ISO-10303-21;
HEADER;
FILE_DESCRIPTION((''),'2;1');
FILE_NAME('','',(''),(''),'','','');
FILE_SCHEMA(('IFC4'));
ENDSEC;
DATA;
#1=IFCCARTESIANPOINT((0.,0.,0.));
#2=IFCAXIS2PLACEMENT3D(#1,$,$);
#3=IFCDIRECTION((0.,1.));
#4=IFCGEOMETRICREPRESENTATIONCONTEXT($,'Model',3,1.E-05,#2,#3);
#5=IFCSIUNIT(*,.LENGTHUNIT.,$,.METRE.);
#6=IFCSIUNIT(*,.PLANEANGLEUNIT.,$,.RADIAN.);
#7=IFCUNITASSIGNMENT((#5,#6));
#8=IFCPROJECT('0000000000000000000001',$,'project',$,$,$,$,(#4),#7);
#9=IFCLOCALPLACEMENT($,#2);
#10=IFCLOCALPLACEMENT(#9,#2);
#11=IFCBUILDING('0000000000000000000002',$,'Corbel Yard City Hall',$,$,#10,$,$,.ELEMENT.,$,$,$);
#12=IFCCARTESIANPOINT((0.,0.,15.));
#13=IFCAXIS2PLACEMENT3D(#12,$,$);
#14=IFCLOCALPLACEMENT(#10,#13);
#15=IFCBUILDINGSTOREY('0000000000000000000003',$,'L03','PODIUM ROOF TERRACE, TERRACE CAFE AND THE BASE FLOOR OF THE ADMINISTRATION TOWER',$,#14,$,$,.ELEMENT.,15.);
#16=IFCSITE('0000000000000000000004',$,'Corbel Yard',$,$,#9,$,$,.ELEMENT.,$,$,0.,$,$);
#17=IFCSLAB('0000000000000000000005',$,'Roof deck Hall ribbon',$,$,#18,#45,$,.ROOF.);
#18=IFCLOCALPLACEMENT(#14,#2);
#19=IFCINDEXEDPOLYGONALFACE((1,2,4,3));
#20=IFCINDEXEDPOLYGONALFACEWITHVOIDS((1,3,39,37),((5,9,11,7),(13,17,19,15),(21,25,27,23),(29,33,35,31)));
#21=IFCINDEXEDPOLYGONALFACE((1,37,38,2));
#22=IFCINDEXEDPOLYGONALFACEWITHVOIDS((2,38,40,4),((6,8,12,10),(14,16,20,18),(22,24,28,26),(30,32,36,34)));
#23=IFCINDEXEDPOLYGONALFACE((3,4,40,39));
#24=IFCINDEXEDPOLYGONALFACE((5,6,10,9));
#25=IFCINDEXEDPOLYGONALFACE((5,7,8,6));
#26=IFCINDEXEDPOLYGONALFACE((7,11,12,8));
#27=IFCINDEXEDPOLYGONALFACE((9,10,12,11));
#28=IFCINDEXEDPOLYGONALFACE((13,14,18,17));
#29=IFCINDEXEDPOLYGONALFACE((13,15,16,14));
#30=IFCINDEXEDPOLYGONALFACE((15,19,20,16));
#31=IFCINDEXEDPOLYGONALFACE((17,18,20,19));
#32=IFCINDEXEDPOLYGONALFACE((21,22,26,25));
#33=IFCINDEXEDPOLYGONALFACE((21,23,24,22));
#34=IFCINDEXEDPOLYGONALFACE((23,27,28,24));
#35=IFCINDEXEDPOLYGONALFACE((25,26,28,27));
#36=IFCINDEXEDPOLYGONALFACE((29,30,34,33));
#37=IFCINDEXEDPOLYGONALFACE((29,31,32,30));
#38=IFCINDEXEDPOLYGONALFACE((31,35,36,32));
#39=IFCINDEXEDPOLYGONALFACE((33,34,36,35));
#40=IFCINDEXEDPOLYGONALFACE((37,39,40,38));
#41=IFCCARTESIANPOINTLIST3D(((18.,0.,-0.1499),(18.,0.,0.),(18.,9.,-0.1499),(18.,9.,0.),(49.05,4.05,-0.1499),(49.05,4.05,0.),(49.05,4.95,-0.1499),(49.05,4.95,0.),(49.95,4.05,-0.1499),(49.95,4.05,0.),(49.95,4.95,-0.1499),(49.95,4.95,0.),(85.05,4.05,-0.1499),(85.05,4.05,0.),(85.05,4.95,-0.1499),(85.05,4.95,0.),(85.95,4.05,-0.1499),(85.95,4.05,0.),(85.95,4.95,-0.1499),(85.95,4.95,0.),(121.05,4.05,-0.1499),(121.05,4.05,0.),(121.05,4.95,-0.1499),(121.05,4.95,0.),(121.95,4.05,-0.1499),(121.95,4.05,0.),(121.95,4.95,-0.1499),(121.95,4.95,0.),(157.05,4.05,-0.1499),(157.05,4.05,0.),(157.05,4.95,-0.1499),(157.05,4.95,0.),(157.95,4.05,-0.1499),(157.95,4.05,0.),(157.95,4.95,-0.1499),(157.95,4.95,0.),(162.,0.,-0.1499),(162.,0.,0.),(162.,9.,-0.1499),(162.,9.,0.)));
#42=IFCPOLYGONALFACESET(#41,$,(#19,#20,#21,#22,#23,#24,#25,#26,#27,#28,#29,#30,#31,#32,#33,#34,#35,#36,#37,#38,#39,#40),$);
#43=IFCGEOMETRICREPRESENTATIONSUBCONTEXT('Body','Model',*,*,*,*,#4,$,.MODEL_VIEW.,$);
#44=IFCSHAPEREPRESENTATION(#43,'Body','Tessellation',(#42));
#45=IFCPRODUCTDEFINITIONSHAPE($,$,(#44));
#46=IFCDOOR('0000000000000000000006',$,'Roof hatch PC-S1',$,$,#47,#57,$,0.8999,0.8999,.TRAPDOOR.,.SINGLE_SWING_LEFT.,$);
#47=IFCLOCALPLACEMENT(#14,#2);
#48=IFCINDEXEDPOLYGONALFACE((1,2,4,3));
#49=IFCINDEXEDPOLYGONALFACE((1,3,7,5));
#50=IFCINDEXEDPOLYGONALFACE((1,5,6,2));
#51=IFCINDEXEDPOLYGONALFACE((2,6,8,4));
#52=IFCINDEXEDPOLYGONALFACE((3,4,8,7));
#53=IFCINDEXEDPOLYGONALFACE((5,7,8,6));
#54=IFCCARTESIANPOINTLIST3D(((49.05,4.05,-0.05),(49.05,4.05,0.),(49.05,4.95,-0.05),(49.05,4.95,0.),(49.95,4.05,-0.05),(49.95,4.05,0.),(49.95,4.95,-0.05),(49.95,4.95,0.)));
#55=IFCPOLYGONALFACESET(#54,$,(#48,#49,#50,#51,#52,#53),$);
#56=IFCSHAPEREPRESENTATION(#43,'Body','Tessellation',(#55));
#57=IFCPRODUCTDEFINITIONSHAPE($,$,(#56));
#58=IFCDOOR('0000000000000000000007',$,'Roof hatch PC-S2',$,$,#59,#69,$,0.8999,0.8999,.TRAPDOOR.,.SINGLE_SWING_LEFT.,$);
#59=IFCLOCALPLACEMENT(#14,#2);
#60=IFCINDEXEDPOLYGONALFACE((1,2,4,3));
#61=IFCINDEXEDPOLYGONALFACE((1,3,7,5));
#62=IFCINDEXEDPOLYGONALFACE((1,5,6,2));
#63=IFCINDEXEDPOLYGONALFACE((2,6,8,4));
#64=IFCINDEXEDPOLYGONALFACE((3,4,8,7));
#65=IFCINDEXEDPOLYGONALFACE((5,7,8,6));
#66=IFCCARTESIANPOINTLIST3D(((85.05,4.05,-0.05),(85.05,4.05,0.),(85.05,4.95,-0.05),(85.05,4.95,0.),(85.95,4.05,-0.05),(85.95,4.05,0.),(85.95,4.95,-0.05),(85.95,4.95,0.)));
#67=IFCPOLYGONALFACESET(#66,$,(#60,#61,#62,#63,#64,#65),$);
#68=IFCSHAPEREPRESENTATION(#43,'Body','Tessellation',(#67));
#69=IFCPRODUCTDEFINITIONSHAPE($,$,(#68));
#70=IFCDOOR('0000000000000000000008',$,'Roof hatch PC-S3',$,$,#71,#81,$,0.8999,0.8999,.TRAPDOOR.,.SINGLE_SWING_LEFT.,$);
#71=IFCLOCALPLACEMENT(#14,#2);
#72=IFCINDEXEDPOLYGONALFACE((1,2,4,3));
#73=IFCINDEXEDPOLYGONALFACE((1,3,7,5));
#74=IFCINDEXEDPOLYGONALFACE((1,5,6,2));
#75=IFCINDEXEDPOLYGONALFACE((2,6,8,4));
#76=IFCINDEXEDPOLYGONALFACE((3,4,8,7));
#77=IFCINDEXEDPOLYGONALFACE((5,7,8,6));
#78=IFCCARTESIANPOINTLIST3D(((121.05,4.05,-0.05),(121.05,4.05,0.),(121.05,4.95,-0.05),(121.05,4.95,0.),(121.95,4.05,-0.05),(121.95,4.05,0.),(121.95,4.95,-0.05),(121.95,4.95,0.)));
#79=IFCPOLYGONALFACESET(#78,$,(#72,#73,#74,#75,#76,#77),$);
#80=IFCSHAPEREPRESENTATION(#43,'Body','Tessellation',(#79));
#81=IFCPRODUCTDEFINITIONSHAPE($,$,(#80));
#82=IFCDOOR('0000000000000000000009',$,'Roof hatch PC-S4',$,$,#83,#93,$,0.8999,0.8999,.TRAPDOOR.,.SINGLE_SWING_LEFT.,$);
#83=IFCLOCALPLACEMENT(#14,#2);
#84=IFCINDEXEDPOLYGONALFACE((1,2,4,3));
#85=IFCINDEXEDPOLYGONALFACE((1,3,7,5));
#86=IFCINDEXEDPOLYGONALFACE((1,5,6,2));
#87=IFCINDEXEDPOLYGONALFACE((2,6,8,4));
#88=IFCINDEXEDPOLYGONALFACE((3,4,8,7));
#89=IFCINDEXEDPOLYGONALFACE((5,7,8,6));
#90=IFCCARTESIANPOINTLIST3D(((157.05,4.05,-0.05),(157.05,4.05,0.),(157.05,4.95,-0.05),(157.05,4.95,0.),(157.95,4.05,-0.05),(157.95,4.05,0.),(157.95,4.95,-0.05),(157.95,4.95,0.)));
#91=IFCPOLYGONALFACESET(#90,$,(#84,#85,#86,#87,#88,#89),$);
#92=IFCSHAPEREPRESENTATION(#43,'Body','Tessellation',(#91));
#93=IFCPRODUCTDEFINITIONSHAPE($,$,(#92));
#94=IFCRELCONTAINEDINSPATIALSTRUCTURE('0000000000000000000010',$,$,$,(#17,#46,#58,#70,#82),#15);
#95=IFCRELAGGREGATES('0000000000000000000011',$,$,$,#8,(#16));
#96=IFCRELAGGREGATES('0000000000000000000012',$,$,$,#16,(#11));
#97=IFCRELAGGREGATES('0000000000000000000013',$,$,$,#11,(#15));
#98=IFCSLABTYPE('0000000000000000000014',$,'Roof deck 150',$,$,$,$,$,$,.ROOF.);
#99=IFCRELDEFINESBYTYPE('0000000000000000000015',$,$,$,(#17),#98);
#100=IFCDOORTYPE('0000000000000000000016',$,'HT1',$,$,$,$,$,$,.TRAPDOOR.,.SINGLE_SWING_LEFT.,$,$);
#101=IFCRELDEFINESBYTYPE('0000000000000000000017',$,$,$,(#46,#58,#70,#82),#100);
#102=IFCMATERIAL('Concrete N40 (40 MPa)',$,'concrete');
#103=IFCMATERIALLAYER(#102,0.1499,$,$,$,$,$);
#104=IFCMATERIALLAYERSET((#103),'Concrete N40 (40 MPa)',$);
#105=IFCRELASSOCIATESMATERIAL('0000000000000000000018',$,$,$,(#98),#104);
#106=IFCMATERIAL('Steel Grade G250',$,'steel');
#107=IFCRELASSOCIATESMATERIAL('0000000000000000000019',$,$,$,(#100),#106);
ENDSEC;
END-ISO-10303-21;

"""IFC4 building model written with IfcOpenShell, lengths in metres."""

from ifc_helpers import new_model, si_unit, direction, frame, origin, origin_2d, place, context, subcontext, project, spatial, polyline, rectangle, outline, extrude, material, layer, layer_set, type_object, element, fill, save


model = new_model("IFC4")

# Units and contexts
model_context = context("Model", 3, precision=1e-05, world=origin(), true_north=direction((0.0, 1.0)))
body_context = subcontext(model_context, "Body", "Model", "MODEL_VIEW")
ifc_project = project(units=[si_unit("LENGTHUNIT", "METRE"), si_unit("PLANEANGLEUNIT", "RADIAN")], contexts=[model_context])

# Site, building, storey
site_placement = place(None, origin())
site = spatial("IfcSite", under=ifc_project, at=site_placement, Name="Corbel Yard", CompositionType="ELEMENT", RefElevation=0.0)
building_placement = place(site_placement, origin())
building = spatial("IfcBuilding", under=site, at=building_placement, Name="Corbel Yard City Hall", CompositionType="ELEMENT")
storey_placement = place(building_placement, frame((0.0, 0.0, 15.0)))
storey = spatial("IfcBuildingStorey", under=building, at=storey_placement, Name="L03", Description="PODIUM ROOF TERRACE, TERRACE CAFE AND THE BASE FLOOR OF THE ADMINISTRATION TOWER", CompositionType="ELEMENT", Elevation=15.0)

# Shared definitions
ifc_material_1 = material(Name="Concrete N40 (40 MPa)", Category="concrete")

# Slab, openings, doors
ifc_layer_1 = layer(ifc_material_1, 0.1499)
ifc_layer_set_1 = layer_set([ifc_layer_1], Name="Concrete N40 (40 MPa)")
slab_type_1 = type_object("IfcSlabType", Name="Roof deck 150", PredefinedType="ROOF", material=ifc_layer_set_1)
ifc_material_2 = material(Name="Steel Grade G250", Category="steel")
door_type = type_object("IfcDoorType", Name="HT1", OperationType="SINGLE_SWING_LEFT", PredefinedType="TRAPDOOR", material=ifc_material_2)
slab_1_placement = place(storey_placement, frame((0.0, 0.0, -0.1499)))
slab_1 = element("IfcSlab", 1, at=slab_1_placement, inside=storey, type_object=slab_type_1, Name="Roof deck Hall ribbon", PredefinedType="ROOF", context=body_context, shape_type="SweptSolid", body=[
    extrude(outline(polyline([(18.0, 0.0), (162.0, 0.0), (162.0, 9.0), (18.0, 9.0), (18.0, 0.0)])), origin(), (0.0, 0.0, 1.0), 0.1499),
])
opening_1_placement = place(slab_1_placement, frame((49.5, 4.5, 0.0)))
opening_1 = element("IfcOpeningElement", 2, at=opening_1_placement, cuts=slab_1, PredefinedType="OPENING", context=body_context, shape_type="SweptSolid", body=[
    extrude(rectangle(XDim=0.8999, YDim=0.8999, at=origin_2d()), frame((0.0, 0.0, -0.01)), (0.0, 0.0, 1.0), 0.1699),
])
opening_2_placement = place(slab_1_placement, frame((85.5, 4.5, 0.0)))
opening_2 = element("IfcOpeningElement", 3, at=opening_2_placement, cuts=slab_1, PredefinedType="OPENING", context=body_context, shape_type="SweptSolid", body=[
    extrude(rectangle(XDim=0.8999, YDim=0.8999, at=origin_2d()), frame((0.0, 0.0, -0.01)), (0.0, 0.0, 1.0), 0.1699),
])
opening_3_placement = place(slab_1_placement, frame((121.5, 4.5, 0.0)))
opening_3 = element("IfcOpeningElement", 4, at=opening_3_placement, cuts=slab_1, PredefinedType="OPENING", context=body_context, shape_type="SweptSolid", body=[
    extrude(rectangle(XDim=0.8999, YDim=0.8999, at=origin_2d()), frame((0.0, 0.0, -0.01)), (0.0, 0.0, 1.0), 0.1699),
])
opening_4_placement = place(slab_1_placement, frame((157.5, 4.5, 0.0)))
opening_4 = element("IfcOpeningElement", 5, at=opening_4_placement, cuts=slab_1, PredefinedType="OPENING", context=body_context, shape_type="SweptSolid", body=[
    extrude(rectangle(XDim=0.8999, YDim=0.8999, at=origin_2d()), frame((0.0, 0.0, -0.01)), (0.0, 0.0, 1.0), 0.1699),
])
door_1_placement = place(opening_1_placement, frame((0.0, 0.0, 0.0999)))
door_1 = element("IfcDoor", 6, at=door_1_placement, inside=storey, type_object=door_type, Name="Roof hatch PC-S1", OperationType="SINGLE_SWING_LEFT", OverallHeight=0.8999, OverallWidth=0.8999, PredefinedType="TRAPDOOR", context=body_context, shape_type="SweptSolid", body=[
    extrude(rectangle(XDim=0.8999, YDim=0.8999, at=origin_2d()), origin(), (0.0, 0.0, 1.0), 0.05),
])
fill(opening_1, door_1)
door_2_placement = place(opening_2_placement, frame((0.0, 0.0, 0.0999)))
door_2 = element("IfcDoor", 7, at=door_2_placement, inside=storey, type_object=door_type, Name="Roof hatch PC-S2", OperationType="SINGLE_SWING_LEFT", OverallHeight=0.8999, OverallWidth=0.8999, PredefinedType="TRAPDOOR", context=body_context, shape_type="SweptSolid", body=[
    extrude(rectangle(XDim=0.8999, YDim=0.8999, at=origin_2d()), origin(), (0.0, 0.0, 1.0), 0.05),
])
fill(opening_2, door_2)
door_3_placement = place(opening_3_placement, frame((0.0, 0.0, 0.0999)))
door_3 = element("IfcDoor", 8, at=door_3_placement, inside=storey, type_object=door_type, Name="Roof hatch PC-S3", OperationType="SINGLE_SWING_LEFT", OverallHeight=0.8999, OverallWidth=0.8999, PredefinedType="TRAPDOOR", context=body_context, shape_type="SweptSolid", body=[
    extrude(rectangle(XDim=0.8999, YDim=0.8999, at=origin_2d()), origin(), (0.0, 0.0, 1.0), 0.05),
])
fill(opening_3, door_3)
door_4_placement = place(opening_4_placement, frame((0.0, 0.0, 0.0999)))
door_4 = element("IfcDoor", 9, at=door_4_placement, inside=storey, type_object=door_type, Name="Roof hatch PC-S4", OperationType="SINGLE_SWING_LEFT", OverallHeight=0.8999, OverallWidth=0.8999, PredefinedType="TRAPDOOR", context=body_context, shape_type="SweptSolid", body=[
    extrude(rectangle(XDim=0.8999, YDim=0.8999, at=origin_2d()), origin(), (0.0, 0.0, 1.0), 0.05),
])
fill(opening_4, door_4)

save(model, "model.ifc")
